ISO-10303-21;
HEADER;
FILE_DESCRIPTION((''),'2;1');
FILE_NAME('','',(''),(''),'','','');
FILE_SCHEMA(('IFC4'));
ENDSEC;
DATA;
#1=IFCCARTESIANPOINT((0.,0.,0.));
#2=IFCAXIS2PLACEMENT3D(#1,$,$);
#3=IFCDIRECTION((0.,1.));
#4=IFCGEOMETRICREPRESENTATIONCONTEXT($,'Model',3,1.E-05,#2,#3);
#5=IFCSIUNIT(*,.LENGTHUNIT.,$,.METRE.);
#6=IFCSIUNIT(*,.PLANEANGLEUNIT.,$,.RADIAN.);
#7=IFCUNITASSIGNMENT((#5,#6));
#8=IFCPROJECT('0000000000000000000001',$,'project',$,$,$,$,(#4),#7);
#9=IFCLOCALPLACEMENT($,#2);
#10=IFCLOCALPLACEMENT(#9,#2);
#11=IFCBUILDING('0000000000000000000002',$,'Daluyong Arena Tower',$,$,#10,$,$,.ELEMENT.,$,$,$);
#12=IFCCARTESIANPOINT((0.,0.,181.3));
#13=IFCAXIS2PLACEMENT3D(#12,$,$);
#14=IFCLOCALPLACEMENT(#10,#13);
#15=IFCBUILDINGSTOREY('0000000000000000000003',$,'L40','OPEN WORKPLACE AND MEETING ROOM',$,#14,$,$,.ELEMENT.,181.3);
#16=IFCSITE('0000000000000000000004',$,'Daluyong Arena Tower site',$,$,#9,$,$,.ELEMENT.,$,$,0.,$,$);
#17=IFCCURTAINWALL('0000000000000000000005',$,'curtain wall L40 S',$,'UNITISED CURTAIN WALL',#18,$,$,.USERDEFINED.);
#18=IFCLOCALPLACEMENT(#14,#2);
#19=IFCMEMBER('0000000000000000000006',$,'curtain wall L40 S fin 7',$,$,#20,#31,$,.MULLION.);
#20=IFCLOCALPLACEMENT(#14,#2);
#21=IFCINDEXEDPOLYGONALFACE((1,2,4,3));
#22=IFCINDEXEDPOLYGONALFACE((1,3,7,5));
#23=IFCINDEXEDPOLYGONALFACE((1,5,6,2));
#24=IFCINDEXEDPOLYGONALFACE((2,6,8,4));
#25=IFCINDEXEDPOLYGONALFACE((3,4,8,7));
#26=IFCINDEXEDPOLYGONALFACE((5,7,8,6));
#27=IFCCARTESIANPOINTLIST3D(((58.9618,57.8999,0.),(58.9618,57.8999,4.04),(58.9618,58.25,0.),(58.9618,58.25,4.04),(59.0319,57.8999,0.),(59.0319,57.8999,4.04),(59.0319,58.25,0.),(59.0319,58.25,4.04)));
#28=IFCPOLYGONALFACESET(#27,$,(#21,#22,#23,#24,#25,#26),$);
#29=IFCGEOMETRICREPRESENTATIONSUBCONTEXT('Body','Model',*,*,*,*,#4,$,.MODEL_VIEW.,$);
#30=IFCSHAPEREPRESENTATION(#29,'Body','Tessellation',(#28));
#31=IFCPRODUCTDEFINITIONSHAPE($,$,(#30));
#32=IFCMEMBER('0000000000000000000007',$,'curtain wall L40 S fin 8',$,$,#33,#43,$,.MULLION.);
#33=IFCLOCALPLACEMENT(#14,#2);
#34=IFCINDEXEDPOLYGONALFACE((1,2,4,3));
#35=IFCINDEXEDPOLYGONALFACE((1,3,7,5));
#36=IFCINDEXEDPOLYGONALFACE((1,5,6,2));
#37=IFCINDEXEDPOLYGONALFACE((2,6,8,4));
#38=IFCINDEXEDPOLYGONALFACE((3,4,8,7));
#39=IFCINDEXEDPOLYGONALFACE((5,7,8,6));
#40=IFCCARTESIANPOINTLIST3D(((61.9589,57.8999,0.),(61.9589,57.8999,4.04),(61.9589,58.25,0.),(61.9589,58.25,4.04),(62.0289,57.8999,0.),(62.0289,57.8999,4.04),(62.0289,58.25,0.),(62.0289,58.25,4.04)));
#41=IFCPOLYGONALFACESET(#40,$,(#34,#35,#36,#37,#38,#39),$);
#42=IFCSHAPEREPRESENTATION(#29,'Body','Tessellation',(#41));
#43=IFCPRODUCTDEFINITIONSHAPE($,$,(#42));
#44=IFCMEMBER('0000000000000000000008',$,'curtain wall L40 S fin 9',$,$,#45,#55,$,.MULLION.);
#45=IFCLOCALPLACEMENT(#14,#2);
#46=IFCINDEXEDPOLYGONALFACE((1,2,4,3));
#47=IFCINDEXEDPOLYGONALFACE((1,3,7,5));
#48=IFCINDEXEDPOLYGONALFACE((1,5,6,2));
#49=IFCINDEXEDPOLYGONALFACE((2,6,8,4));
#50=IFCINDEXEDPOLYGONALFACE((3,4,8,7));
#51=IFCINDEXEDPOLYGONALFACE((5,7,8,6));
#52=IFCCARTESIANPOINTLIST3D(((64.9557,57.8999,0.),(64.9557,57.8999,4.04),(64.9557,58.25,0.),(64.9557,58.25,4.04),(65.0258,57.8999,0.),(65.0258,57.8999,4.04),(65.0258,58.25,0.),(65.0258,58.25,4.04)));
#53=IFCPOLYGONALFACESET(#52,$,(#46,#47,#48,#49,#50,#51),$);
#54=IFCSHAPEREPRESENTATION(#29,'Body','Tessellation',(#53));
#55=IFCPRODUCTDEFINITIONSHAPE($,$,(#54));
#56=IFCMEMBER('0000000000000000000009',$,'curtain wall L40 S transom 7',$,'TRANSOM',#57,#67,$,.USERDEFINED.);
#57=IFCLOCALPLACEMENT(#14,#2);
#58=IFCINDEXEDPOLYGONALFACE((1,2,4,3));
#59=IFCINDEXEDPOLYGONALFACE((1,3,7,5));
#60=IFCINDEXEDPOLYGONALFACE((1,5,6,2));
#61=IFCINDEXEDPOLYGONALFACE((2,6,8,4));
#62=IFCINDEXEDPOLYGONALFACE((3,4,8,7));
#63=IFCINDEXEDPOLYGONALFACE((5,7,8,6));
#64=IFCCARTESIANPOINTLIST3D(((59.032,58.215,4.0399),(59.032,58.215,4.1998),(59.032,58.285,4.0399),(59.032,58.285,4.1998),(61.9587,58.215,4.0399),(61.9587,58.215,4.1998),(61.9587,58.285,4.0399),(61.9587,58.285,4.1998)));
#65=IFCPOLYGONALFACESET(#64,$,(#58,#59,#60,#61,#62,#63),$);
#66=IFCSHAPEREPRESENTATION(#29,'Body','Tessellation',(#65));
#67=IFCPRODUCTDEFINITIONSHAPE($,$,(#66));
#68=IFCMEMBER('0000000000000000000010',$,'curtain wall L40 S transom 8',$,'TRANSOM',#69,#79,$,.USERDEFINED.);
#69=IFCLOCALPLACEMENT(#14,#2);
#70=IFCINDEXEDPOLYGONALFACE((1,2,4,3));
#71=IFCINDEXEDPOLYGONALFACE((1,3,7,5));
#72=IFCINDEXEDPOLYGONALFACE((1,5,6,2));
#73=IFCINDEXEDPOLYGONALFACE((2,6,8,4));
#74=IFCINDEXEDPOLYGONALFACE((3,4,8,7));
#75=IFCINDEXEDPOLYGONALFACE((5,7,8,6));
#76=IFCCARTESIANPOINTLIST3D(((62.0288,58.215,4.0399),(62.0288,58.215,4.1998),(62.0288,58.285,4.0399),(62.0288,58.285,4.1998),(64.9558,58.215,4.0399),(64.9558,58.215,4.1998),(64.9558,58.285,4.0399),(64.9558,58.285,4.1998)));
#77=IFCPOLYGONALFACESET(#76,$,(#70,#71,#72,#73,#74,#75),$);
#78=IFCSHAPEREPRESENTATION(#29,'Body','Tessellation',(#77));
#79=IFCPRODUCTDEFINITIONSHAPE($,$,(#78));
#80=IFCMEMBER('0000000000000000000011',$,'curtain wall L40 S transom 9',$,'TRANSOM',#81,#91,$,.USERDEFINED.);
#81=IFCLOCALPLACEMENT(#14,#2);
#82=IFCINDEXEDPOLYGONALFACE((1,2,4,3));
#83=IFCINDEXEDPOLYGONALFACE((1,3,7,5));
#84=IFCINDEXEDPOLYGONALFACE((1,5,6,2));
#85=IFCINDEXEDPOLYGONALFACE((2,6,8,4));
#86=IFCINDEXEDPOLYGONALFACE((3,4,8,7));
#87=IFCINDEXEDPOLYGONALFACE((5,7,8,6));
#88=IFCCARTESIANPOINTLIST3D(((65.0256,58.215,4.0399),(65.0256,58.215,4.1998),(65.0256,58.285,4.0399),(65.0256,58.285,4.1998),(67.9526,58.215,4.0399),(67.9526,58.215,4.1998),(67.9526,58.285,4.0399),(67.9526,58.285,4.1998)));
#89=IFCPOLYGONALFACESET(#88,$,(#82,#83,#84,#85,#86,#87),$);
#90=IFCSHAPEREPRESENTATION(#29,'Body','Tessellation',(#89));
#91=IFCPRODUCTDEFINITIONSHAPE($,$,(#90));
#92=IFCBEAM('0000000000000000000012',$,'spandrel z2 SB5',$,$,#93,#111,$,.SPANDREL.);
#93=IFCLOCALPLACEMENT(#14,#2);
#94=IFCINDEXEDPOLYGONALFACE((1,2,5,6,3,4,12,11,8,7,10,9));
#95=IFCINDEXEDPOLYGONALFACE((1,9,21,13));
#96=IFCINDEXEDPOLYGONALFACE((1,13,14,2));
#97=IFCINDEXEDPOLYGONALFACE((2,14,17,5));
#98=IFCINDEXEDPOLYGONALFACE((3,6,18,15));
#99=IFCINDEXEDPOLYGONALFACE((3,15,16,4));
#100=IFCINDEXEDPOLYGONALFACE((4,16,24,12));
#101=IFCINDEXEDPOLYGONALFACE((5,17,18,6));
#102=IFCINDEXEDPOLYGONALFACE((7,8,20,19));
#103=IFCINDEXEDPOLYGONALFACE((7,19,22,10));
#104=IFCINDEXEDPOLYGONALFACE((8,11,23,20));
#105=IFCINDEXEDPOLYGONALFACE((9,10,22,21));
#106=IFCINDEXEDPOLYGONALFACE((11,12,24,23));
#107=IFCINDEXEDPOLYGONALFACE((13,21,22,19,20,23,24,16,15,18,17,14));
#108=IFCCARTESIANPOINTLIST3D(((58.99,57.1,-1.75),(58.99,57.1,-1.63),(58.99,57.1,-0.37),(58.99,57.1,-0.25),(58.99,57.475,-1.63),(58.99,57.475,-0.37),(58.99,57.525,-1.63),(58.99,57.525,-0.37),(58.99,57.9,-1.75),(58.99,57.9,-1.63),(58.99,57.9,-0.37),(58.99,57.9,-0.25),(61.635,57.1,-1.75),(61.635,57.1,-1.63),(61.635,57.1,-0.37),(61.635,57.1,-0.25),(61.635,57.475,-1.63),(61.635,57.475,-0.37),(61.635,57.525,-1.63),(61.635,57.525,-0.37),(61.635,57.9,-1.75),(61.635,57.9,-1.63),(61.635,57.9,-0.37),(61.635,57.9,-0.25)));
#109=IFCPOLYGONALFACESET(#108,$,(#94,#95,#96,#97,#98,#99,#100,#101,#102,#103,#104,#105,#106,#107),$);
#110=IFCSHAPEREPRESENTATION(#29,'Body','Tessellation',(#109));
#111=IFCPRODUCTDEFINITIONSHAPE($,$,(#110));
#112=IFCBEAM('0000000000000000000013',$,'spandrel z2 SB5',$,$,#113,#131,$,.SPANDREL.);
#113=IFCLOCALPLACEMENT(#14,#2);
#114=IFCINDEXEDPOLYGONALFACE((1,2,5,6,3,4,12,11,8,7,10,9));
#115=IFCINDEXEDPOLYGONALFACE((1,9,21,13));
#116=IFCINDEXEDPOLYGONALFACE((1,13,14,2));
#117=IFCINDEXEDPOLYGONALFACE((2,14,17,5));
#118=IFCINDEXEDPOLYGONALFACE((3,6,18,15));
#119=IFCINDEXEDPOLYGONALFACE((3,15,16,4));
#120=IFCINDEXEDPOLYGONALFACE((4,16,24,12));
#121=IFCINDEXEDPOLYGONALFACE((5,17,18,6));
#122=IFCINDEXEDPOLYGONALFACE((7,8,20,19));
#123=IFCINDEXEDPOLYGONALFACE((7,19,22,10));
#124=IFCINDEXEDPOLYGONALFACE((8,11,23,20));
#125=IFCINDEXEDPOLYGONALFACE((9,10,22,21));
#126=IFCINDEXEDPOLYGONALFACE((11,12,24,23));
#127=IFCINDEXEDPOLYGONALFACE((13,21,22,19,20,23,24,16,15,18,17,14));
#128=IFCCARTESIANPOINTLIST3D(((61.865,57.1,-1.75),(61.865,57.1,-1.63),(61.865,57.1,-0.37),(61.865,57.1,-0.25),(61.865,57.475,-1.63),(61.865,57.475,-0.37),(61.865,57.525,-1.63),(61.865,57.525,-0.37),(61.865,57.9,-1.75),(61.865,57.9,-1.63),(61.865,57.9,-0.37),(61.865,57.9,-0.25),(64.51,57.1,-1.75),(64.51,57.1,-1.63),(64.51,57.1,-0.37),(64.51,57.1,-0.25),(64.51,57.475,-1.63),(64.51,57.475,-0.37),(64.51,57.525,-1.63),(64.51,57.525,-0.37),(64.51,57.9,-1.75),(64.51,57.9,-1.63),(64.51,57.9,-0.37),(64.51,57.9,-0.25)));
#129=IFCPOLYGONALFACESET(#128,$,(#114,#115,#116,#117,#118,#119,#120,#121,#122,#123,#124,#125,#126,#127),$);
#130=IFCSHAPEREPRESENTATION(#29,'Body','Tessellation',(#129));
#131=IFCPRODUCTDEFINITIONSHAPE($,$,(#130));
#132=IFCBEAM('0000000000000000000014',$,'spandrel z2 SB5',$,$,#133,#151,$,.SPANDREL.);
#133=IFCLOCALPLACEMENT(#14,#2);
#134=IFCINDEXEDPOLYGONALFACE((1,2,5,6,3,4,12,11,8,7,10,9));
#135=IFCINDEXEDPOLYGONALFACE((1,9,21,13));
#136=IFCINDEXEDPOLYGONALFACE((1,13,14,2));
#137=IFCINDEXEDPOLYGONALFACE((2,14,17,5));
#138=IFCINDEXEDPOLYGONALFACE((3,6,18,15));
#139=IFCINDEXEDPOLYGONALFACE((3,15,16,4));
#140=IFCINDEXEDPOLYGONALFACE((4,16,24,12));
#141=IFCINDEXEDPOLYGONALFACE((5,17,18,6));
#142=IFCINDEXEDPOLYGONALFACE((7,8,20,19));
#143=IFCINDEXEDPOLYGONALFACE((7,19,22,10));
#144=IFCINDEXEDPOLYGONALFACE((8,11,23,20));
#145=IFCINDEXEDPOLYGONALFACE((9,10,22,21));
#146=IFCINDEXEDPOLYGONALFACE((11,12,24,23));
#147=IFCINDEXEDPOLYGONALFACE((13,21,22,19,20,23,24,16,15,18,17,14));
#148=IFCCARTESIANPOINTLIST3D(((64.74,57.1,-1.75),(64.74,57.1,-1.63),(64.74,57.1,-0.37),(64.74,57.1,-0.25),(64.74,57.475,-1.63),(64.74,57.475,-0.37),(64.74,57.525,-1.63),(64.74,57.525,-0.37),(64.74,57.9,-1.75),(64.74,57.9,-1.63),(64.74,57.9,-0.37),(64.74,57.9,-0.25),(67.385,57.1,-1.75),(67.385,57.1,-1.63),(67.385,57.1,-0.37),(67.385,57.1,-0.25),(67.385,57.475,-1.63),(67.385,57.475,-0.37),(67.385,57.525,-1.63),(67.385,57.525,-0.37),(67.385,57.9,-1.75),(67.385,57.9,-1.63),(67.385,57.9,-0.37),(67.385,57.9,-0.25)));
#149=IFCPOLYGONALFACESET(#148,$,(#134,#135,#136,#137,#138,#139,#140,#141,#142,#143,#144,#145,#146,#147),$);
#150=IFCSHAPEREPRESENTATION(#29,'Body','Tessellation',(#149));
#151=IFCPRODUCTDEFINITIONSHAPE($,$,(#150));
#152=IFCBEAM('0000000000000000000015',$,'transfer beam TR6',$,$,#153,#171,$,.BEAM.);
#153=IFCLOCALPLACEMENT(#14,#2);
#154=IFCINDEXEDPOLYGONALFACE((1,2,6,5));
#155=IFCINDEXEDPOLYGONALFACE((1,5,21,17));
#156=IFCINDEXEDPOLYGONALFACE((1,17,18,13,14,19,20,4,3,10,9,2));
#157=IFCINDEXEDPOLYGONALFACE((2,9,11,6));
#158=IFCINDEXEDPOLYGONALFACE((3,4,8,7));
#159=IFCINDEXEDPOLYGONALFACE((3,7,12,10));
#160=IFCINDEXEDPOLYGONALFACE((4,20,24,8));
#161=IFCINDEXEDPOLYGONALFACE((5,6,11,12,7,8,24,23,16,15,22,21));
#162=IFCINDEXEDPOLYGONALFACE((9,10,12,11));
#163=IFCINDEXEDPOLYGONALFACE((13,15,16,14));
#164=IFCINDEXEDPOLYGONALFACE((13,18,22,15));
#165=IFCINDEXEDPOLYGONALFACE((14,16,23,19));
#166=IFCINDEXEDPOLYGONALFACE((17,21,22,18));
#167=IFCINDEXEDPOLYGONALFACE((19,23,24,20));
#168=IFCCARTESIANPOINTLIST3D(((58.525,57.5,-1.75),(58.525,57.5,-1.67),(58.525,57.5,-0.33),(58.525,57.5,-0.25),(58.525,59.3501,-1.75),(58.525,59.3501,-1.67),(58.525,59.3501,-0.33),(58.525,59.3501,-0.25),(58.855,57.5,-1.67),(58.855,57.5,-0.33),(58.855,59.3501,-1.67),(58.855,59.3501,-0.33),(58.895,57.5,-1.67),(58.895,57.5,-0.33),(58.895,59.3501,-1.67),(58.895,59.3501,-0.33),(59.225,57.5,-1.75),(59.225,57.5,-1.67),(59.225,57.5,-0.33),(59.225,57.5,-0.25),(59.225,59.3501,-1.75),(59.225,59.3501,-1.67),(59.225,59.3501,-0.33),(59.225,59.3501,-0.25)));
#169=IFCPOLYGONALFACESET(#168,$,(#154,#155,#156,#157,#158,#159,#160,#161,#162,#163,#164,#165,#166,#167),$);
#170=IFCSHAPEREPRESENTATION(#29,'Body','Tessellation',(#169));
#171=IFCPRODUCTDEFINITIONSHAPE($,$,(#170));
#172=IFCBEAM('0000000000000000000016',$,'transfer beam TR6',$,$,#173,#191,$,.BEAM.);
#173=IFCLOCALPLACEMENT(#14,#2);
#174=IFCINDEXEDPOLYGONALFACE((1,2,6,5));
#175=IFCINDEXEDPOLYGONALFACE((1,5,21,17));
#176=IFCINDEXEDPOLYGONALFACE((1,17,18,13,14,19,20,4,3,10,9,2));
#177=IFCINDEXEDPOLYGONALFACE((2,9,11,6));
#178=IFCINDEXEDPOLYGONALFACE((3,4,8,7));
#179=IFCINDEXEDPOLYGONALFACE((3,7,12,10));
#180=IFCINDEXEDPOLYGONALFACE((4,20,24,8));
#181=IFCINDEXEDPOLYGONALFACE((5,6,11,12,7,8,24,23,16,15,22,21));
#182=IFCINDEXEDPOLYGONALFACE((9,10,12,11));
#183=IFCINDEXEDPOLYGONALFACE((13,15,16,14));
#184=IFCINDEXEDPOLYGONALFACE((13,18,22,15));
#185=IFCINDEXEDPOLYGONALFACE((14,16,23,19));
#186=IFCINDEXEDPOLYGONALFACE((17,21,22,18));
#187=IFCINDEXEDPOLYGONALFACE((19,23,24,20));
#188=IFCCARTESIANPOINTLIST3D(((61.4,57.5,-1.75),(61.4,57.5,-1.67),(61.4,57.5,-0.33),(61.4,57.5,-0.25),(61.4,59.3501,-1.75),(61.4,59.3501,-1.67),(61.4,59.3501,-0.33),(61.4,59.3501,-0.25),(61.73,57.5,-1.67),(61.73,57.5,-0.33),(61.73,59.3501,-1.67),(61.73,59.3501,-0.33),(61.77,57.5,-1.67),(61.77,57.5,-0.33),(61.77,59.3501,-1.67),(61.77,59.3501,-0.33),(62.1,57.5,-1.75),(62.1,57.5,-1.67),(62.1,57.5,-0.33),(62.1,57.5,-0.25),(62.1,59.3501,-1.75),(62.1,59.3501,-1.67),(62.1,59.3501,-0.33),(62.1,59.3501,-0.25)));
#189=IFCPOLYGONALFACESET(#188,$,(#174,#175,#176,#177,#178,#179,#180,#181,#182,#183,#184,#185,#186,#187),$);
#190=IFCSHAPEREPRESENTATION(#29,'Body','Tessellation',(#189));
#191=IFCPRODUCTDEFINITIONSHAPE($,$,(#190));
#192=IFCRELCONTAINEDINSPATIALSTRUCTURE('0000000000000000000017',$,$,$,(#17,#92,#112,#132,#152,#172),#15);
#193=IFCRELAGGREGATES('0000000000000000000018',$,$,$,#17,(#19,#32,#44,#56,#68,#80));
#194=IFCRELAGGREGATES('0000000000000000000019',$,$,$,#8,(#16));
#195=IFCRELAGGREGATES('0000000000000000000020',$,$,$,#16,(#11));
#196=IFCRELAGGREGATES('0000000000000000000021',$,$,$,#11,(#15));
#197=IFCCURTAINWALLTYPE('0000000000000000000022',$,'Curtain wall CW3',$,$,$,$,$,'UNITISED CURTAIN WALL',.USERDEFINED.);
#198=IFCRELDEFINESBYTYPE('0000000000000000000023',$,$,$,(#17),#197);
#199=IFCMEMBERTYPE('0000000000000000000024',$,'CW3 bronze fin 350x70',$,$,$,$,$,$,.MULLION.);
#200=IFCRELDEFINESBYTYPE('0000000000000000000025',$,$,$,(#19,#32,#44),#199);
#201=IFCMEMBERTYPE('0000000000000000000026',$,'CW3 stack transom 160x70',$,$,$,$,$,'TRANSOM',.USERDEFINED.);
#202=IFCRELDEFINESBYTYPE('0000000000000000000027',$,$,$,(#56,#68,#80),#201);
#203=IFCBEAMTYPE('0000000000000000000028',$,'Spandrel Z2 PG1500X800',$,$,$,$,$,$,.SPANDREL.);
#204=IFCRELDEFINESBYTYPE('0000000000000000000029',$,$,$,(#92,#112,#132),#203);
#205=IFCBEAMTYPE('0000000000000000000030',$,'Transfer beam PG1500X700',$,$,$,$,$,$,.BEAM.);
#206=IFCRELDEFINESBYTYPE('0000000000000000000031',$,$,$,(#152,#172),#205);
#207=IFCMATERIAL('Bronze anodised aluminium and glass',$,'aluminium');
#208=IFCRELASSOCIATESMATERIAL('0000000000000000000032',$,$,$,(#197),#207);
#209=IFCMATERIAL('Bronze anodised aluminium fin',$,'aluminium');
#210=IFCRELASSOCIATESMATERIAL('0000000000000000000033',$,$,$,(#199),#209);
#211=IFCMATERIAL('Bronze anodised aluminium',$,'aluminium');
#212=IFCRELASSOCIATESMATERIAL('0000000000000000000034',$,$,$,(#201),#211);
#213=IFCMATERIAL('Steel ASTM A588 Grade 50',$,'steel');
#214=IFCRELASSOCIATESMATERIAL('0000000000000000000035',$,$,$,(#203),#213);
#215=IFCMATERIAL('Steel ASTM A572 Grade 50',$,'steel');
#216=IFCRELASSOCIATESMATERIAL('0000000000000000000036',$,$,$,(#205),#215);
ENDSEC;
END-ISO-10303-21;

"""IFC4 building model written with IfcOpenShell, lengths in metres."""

from ifc_helpers import new_model, si_unit, direction, frame, origin, origin_2d, place, context, subcontext, project, spatial, rectangle, i_section, extrude, material, material_profile, profile_set, type_object, element, aggregate, save


model = new_model("IFC4")

# Units and contexts
model_context = context("Model", 3, precision=1e-05, world=origin(), true_north=direction((0.0, 1.0)))
body_context = subcontext(model_context, "Body", "Model", "MODEL_VIEW")
ifc_project = project(units=[si_unit("LENGTHUNIT", "METRE"), si_unit("PLANEANGLEUNIT", "RADIAN")], contexts=[model_context])

# Site, building, storey
site_placement = place(None, origin())
site = spatial("IfcSite", under=ifc_project, at=site_placement, Name="Daluyong Arena Tower site", CompositionType="ELEMENT", RefElevation=0.0)
building_placement = place(site_placement, origin())
building = spatial("IfcBuilding", under=site, at=building_placement, Name="Daluyong Arena Tower", CompositionType="ELEMENT")
storey_placement = place(building_placement, frame((0.0, 0.0, 181.3)))
storey = spatial("IfcBuildingStorey", under=building, at=storey_placement, Name="L40", Description="OPEN WORKPLACE AND MEETING ROOM", CompositionType="ELEMENT", Elevation=181.3)

# Curtain wall, members
ifc_material_1 = material(Name="Bronze anodised aluminium and glass", Category="aluminium")
curtain_wall_type = type_object("IfcCurtainWallType", Name="Curtain wall CW3", ElementType="UNITISED CURTAIN WALL", PredefinedType="USERDEFINED", material=ifc_material_1)
curtain_wall_placement = place(storey_placement, origin())
curtain_wall = element("IfcCurtainWall", 1, at=curtain_wall_placement, inside=storey, type_object=curtain_wall_type, Name="curtain wall L40 S", ObjectType="UNITISED CURTAIN WALL", PredefinedType="USERDEFINED")
ifc_material_2 = material(Name="Bronze anodised aluminium fin", Category="aluminium")
ifc_material_profile_1 = material_profile(ifc_material_2, rectangle(XDim=0.3501, YDim=0.0701, at=origin_2d()))
ifc_profile_set_1 = profile_set([ifc_material_profile_1], Name="Bronze anodised aluminium fin")
member_type_1 = type_object("IfcMemberType", Name="CW3 bronze fin 350x70", PredefinedType="MULLION", material=ifc_profile_set_1)
member_1_placement = place(storey_placement, frame((58.9968, 58.075, 0.0), z_axis=(0.0, 0.0, 1.0), x_axis=(0.0, 1.0, 0.0)))
member_1 = element("IfcMember", 2, at=member_1_placement, type_object=member_type_1, Name="curtain wall L40 S fin 7", PredefinedType="MULLION", context=body_context, shape_type="SweptSolid", body=[
    extrude(rectangle(XDim=0.3501, YDim=0.0701, at=origin_2d()), origin(), (0.0, 0.0, 1.0), 4.04),
])
member_2_placement = place(storey_placement, frame((61.9939, 58.075, 0.0), z_axis=(0.0, 0.0, 1.0), x_axis=(0.0, 1.0, 0.0)))
member_2 = element("IfcMember", 3, at=member_2_placement, type_object=member_type_1, Name="curtain wall L40 S fin 8", PredefinedType="MULLION", context=body_context, shape_type="SweptSolid", body=[
    extrude(rectangle(XDim=0.3501, YDim=0.0701, at=origin_2d()), origin(), (0.0, 0.0, 1.0), 4.04),
])
member_3_placement = place(storey_placement, frame((64.9907, 58.075, 0.0), z_axis=(0.0, 0.0, 1.0), x_axis=(0.0, 1.0, 0.0)))
member_3 = element("IfcMember", 4, at=member_3_placement, type_object=member_type_1, Name="curtain wall L40 S fin 9", PredefinedType="MULLION", context=body_context, shape_type="SweptSolid", body=[
    extrude(rectangle(XDim=0.3501, YDim=0.0701, at=origin_2d()), origin(), (0.0, 0.0, 1.0), 4.04),
])
ifc_material_3 = material(Name="Bronze anodised aluminium", Category="aluminium")
ifc_material_profile_2 = material_profile(ifc_material_3, rectangle(XDim=0.0701, YDim=0.1599, at=origin_2d()))
ifc_profile_set_2 = profile_set([ifc_material_profile_2], Name="Bronze anodised aluminium")
member_type_2 = type_object("IfcMemberType", Name="CW3 stack transom 160x70", ElementType="TRANSOM", PredefinedType="USERDEFINED", material=ifc_profile_set_2)
member_4_placement = place(storey_placement, frame((59.032, 58.25, 4.1199), z_axis=(1.0, 0.0, 0.0), x_axis=(0.0, 1.0, 0.0)))
member_4 = element("IfcMember", 5, at=member_4_placement, type_object=member_type_2, Name="curtain wall L40 S transom 7", ObjectType="TRANSOM", PredefinedType="USERDEFINED", context=body_context, shape_type="SweptSolid", body=[
    extrude(rectangle(XDim=0.0701, YDim=0.1599, at=origin_2d()), origin(), (0.0, 0.0, 1.0), 2.9268),
])
member_5_placement = place(storey_placement, frame((62.0288, 58.25, 4.1199), z_axis=(1.0, 0.0, 0.0), x_axis=(0.0, 1.0, 0.0)))
member_5 = element("IfcMember", 6, at=member_5_placement, type_object=member_type_2, Name="curtain wall L40 S transom 8", ObjectType="TRANSOM", PredefinedType="USERDEFINED", context=body_context, shape_type="SweptSolid", body=[
    extrude(rectangle(XDim=0.0701, YDim=0.1599, at=origin_2d()), origin(), (0.0, 0.0, 1.0), 2.927),
])
member_6_placement = place(storey_placement, frame((65.0256, 58.25, 4.1199), z_axis=(1.0, 0.0, 0.0), x_axis=(0.0, 1.0, 0.0)))
member_6 = element("IfcMember", 7, at=member_6_placement, type_object=member_type_2, Name="curtain wall L40 S transom 9", ObjectType="TRANSOM", PredefinedType="USERDEFINED", context=body_context, shape_type="SweptSolid", body=[
    extrude(rectangle(XDim=0.0701, YDim=0.1599, at=origin_2d()), origin(), (0.0, 0.0, 1.0), 2.927),
])

# Beams
ifc_material_4 = material(Name="Steel ASTM A588 Grade 50", Category="steel")
ifc_material_profile_3 = material_profile(ifc_material_4, i_section(OverallWidth=0.8, OverallDepth=1.5, WebThickness=0.05, FlangeThickness=0.12, at=origin_2d()))
ifc_profile_set_3 = profile_set([ifc_material_profile_3], Name="Steel ASTM A588 Grade 50")
beam_type_1 = type_object("IfcBeamType", Name="Spandrel Z2 PG1500X800", PredefinedType="SPANDREL", material=ifc_profile_set_3)
for number, where, z_axis, x_axis, name in (
    (8, (58.99, 57.5, -1.0), (1.0, 0.0, 0.0), (0.0, 1.0, 0.0), "spandrel z2 SB5"),
    (9, (61.865, 57.5, -1.0), (1.0, 0.0, 0.0), (0.0, 1.0, 0.0), "spandrel z2 SB5"),
    (10, (64.74, 57.5, -1.0), (1.0, 0.0, 0.0), (0.0, 1.0, 0.0), "spandrel z2 SB5"),
):
    element("IfcBeam", number, at=place(storey_placement, frame(where, z_axis=z_axis, x_axis=x_axis)), inside=storey, type_object=beam_type_1, Name=name, PredefinedType="SPANDREL", context=body_context, shape_type="SweptSolid", body=[
        extrude(i_section(OverallWidth=0.8, OverallDepth=1.5, WebThickness=0.05, FlangeThickness=0.12, at=origin_2d()), origin(), (0.0, 0.0, 1.0), 2.645),
    ])
ifc_material_5 = material(Name="Steel ASTM A572 Grade 50", Category="steel")
ifc_material_profile_4 = material_profile(ifc_material_5, i_section(OverallWidth=0.7, OverallDepth=1.5, WebThickness=0.04, FlangeThickness=0.08, at=origin_2d()))
ifc_profile_set_4 = profile_set([ifc_material_profile_4], Name="Steel ASTM A572 Grade 50")
beam_type_2 = type_object("IfcBeamType", Name="Transfer beam PG1500X700", PredefinedType="BEAM", material=ifc_profile_set_4)
for number, where, z_axis, x_axis, name in (
    (11, (58.875, 57.5, -1.0), (0.0, 1.0, 0.0), (-1.0, 0.0, 0.0), "transfer beam TR6"),
    (12, (61.75, 57.5, -1.0), (0.0, 1.0, 0.0), (-1.0, 0.0, 0.0), "transfer beam TR6"),
):
    element("IfcBeam", number, at=place(storey_placement, frame(where, z_axis=z_axis, x_axis=x_axis)), inside=storey, type_object=beam_type_2, Name=name, PredefinedType="BEAM", context=body_context, shape_type="SweptSolid", body=[
        extrude(i_section(OverallWidth=0.7, OverallDepth=1.5, WebThickness=0.04, FlangeThickness=0.08, at=origin_2d()), origin(), (0.0, 0.0, 1.0), 1.8501),
    ])

aggregate(curtain_wall, [member_1, member_2, member_3, member_4, member_5, member_6])

save(model, "model.ifc")
